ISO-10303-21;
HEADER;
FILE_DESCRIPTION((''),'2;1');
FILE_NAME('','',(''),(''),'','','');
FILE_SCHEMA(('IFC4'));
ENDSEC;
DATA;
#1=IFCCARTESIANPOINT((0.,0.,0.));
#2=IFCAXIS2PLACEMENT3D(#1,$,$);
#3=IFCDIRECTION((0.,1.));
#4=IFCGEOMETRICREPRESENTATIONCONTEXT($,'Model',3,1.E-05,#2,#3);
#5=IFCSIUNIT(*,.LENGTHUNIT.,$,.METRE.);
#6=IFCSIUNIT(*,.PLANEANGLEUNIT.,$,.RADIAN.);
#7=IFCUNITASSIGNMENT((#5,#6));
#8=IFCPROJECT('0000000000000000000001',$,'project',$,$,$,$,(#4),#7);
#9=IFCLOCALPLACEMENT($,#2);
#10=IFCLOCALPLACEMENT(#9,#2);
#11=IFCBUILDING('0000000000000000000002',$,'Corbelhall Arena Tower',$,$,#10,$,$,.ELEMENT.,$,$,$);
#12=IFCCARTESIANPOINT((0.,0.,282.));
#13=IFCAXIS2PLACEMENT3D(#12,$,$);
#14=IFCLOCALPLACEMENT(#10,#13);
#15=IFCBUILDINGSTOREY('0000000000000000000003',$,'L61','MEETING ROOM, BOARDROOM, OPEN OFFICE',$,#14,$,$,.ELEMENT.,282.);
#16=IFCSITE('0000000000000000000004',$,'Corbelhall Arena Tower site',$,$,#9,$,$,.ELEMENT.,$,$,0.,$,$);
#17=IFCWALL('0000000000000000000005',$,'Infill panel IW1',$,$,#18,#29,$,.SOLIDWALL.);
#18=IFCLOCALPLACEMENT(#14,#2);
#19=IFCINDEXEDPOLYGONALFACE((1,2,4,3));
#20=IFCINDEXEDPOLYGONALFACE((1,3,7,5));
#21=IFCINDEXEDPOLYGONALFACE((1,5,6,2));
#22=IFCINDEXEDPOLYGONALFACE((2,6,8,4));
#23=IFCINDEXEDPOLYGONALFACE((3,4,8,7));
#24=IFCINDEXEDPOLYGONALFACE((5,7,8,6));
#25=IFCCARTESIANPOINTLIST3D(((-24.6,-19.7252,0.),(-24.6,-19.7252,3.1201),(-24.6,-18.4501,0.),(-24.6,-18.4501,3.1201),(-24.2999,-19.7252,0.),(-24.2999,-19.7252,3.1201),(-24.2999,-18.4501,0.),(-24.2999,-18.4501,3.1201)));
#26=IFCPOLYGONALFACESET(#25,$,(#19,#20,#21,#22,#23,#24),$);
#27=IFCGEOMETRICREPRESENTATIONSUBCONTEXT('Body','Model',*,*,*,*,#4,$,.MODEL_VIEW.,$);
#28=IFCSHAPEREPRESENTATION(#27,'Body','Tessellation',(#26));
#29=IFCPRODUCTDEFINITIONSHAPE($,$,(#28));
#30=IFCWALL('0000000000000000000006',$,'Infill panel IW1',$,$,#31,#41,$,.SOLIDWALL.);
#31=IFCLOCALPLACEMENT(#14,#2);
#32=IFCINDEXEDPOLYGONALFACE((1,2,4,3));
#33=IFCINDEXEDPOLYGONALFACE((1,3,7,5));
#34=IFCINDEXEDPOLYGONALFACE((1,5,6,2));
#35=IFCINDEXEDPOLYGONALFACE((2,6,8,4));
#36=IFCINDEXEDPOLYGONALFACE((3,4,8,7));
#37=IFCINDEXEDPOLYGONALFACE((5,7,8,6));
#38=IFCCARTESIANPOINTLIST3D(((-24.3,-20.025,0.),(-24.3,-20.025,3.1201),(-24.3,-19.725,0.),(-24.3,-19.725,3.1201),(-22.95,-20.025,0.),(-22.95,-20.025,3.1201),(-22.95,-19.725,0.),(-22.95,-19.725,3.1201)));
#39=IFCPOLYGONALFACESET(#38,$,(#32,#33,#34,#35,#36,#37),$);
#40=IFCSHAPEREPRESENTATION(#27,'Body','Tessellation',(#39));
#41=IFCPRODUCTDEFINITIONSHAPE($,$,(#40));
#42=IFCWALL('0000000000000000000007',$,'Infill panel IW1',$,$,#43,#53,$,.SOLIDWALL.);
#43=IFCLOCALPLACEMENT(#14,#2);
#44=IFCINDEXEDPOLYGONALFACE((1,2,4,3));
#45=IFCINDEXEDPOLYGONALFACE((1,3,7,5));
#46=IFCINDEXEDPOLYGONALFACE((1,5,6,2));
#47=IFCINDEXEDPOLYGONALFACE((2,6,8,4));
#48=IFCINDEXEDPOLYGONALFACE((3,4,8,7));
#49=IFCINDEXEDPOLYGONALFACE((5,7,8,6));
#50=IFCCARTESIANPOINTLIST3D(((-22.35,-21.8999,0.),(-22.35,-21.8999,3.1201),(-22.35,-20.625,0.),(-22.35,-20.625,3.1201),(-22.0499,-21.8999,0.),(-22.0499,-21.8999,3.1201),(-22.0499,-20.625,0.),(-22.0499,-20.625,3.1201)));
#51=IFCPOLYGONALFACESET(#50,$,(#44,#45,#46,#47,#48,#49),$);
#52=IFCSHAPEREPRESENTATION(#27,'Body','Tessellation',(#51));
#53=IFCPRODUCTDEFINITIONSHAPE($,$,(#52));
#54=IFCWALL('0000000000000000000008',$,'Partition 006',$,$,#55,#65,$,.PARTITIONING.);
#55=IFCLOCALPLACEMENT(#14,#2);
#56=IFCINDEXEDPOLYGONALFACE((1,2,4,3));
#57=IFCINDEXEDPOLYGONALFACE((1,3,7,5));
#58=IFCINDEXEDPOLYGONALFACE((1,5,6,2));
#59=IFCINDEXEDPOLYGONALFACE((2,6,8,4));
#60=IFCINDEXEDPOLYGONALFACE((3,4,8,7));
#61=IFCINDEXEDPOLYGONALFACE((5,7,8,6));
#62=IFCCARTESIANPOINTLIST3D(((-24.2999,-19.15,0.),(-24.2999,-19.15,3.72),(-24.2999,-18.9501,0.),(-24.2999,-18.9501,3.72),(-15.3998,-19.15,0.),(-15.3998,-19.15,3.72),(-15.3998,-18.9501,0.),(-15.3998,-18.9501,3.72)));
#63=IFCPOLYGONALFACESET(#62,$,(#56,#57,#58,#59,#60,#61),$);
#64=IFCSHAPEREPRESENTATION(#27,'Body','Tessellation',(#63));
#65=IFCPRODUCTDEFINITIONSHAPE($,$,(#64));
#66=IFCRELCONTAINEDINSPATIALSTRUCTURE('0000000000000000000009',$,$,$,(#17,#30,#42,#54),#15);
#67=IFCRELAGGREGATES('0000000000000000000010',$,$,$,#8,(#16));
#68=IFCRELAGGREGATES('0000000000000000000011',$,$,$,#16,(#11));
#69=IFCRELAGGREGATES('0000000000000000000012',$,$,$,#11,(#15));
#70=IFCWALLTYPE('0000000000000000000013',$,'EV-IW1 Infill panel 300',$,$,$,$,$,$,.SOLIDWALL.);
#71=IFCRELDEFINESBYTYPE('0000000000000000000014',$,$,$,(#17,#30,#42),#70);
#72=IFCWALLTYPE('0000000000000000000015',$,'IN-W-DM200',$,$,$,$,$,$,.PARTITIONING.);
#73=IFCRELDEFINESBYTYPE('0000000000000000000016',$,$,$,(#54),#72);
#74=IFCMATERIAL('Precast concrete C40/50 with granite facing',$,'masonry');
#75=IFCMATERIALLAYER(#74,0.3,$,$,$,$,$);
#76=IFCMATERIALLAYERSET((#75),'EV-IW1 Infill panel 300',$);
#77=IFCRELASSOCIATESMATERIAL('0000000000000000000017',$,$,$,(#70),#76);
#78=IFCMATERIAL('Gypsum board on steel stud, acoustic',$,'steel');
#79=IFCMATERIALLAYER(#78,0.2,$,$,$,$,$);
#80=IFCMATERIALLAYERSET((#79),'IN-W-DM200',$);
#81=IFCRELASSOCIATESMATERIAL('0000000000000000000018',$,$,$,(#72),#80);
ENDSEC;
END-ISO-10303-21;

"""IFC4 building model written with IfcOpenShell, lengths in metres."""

from ifc_helpers import new_model, si_unit, direction, frame, frame_2d, origin, place, context, subcontext, project, spatial, rectangle, extrude, material, layer, layer_set, type_object, element, save


model = new_model("IFC4")

# Units and contexts
model_context = context("Model", 3, precision=1e-05, world=origin(), true_north=direction((0.0, 1.0)))
body_context = subcontext(model_context, "Body", "Model", "MODEL_VIEW")
ifc_project = project(units=[si_unit("LENGTHUNIT", "METRE"), si_unit("PLANEANGLEUNIT", "RADIAN")], contexts=[model_context])

# Site, building, storey
site_placement = place(None, origin())
site = spatial("IfcSite", under=ifc_project, at=site_placement, Name="Corbelhall Arena Tower site", CompositionType="ELEMENT", RefElevation=0.0)
building_placement = place(site_placement, origin())
building = spatial("IfcBuilding", under=site, at=building_placement, Name="Corbelhall Arena Tower", CompositionType="ELEMENT")
storey_placement = place(building_placement, frame((0.0, 0.0, 282.0)))
storey = spatial("IfcBuildingStorey", under=building, at=storey_placement, Name="L61", Description="MEETING ROOM, BOARDROOM, OPEN OFFICE", CompositionType="ELEMENT", Elevation=282.0)

# Walls
ifc_material_1 = material(Name="Precast concrete C40/50 with granite facing", Category="masonry")
ifc_layer_1 = layer(ifc_material_1, 0.3)
ifc_layer_set_1 = layer_set([ifc_layer_1], Name="EV-IW1 Infill panel 300")
wall_type_1 = type_object("IfcWallType", Name="EV-IW1 Infill panel 300", PredefinedType="SOLIDWALL", material=ifc_layer_set_1)
wall_1_placement = place(storey_placement, frame((-24.45, -18.45, 0.0), z_axis=(0.0, 0.0, 1.0), x_axis=(0.0, -1.0, 0.0)))
element("IfcWall", 1, at=wall_1_placement, inside=storey, type_object=wall_type_1, Name="Infill panel IW1", PredefinedType="SOLIDWALL", context=body_context, shape_type="SweptSolid", body=[
    extrude(rectangle(XDim=1.2751, YDim=0.3, at=frame_2d((0.6377, 0.0))), origin(), (0.0, 0.0, 1.0), 3.1201),
])
wall_2_placement = place(storey_placement, frame((-24.3, -19.875, 0.0), z_axis=(0.0, 0.0, 1.0), x_axis=(1.0, 0.0, 0.0)))
element("IfcWall", 2, at=wall_2_placement, inside=storey, type_object=wall_type_1, Name="Infill panel IW1", PredefinedType="SOLIDWALL", context=body_context, shape_type="SweptSolid", body=[
    extrude(rectangle(XDim=1.3501, YDim=0.3, at=frame_2d((0.675, 0.0))), origin(), (0.0, 0.0, 1.0), 3.1201),
])
wall_3_placement = place(storey_placement, frame((-22.2, -20.625, 0.0), z_axis=(0.0, 0.0, 1.0), x_axis=(0.0, -1.0, 0.0)))
element("IfcWall", 3, at=wall_3_placement, inside=storey, type_object=wall_type_1, Name="Infill panel IW1", PredefinedType="SOLIDWALL", context=body_context, shape_type="SweptSolid", body=[
    extrude(rectangle(XDim=1.2749, YDim=0.3, at=frame_2d((0.6375, 0.0))), origin(), (0.0, 0.0, 1.0), 3.1201),
])

# Wall
ifc_material_2 = material(Name="Gypsum board on steel stud, acoustic", Category="steel")
ifc_layer_2 = layer(ifc_material_2, 0.2)
ifc_layer_set_2 = layer_set([ifc_layer_2], Name="IN-W-DM200")
wall_type_2 = type_object("IfcWallType", Name="IN-W-DM200", PredefinedType="PARTITIONING", material=ifc_layer_set_2)
wall_4_placement = place(storey_placement, frame((-24.3, -19.05, 0.0), z_axis=(0.0, 0.0, 1.0), x_axis=(1.0, 0.0, 0.0)))
element("IfcWall", 4, at=wall_4_placement, inside=storey, type_object=wall_type_2, Name="Partition 006", PredefinedType="PARTITIONING", context=body_context, shape_type="SweptSolid", body=[
    extrude(rectangle(XDim=8.9001, YDim=0.2, at=frame_2d((4.4502, 0.0))), origin(), (0.0, 0.0, 1.0), 3.72),
])

save(model, "model.ifc")
